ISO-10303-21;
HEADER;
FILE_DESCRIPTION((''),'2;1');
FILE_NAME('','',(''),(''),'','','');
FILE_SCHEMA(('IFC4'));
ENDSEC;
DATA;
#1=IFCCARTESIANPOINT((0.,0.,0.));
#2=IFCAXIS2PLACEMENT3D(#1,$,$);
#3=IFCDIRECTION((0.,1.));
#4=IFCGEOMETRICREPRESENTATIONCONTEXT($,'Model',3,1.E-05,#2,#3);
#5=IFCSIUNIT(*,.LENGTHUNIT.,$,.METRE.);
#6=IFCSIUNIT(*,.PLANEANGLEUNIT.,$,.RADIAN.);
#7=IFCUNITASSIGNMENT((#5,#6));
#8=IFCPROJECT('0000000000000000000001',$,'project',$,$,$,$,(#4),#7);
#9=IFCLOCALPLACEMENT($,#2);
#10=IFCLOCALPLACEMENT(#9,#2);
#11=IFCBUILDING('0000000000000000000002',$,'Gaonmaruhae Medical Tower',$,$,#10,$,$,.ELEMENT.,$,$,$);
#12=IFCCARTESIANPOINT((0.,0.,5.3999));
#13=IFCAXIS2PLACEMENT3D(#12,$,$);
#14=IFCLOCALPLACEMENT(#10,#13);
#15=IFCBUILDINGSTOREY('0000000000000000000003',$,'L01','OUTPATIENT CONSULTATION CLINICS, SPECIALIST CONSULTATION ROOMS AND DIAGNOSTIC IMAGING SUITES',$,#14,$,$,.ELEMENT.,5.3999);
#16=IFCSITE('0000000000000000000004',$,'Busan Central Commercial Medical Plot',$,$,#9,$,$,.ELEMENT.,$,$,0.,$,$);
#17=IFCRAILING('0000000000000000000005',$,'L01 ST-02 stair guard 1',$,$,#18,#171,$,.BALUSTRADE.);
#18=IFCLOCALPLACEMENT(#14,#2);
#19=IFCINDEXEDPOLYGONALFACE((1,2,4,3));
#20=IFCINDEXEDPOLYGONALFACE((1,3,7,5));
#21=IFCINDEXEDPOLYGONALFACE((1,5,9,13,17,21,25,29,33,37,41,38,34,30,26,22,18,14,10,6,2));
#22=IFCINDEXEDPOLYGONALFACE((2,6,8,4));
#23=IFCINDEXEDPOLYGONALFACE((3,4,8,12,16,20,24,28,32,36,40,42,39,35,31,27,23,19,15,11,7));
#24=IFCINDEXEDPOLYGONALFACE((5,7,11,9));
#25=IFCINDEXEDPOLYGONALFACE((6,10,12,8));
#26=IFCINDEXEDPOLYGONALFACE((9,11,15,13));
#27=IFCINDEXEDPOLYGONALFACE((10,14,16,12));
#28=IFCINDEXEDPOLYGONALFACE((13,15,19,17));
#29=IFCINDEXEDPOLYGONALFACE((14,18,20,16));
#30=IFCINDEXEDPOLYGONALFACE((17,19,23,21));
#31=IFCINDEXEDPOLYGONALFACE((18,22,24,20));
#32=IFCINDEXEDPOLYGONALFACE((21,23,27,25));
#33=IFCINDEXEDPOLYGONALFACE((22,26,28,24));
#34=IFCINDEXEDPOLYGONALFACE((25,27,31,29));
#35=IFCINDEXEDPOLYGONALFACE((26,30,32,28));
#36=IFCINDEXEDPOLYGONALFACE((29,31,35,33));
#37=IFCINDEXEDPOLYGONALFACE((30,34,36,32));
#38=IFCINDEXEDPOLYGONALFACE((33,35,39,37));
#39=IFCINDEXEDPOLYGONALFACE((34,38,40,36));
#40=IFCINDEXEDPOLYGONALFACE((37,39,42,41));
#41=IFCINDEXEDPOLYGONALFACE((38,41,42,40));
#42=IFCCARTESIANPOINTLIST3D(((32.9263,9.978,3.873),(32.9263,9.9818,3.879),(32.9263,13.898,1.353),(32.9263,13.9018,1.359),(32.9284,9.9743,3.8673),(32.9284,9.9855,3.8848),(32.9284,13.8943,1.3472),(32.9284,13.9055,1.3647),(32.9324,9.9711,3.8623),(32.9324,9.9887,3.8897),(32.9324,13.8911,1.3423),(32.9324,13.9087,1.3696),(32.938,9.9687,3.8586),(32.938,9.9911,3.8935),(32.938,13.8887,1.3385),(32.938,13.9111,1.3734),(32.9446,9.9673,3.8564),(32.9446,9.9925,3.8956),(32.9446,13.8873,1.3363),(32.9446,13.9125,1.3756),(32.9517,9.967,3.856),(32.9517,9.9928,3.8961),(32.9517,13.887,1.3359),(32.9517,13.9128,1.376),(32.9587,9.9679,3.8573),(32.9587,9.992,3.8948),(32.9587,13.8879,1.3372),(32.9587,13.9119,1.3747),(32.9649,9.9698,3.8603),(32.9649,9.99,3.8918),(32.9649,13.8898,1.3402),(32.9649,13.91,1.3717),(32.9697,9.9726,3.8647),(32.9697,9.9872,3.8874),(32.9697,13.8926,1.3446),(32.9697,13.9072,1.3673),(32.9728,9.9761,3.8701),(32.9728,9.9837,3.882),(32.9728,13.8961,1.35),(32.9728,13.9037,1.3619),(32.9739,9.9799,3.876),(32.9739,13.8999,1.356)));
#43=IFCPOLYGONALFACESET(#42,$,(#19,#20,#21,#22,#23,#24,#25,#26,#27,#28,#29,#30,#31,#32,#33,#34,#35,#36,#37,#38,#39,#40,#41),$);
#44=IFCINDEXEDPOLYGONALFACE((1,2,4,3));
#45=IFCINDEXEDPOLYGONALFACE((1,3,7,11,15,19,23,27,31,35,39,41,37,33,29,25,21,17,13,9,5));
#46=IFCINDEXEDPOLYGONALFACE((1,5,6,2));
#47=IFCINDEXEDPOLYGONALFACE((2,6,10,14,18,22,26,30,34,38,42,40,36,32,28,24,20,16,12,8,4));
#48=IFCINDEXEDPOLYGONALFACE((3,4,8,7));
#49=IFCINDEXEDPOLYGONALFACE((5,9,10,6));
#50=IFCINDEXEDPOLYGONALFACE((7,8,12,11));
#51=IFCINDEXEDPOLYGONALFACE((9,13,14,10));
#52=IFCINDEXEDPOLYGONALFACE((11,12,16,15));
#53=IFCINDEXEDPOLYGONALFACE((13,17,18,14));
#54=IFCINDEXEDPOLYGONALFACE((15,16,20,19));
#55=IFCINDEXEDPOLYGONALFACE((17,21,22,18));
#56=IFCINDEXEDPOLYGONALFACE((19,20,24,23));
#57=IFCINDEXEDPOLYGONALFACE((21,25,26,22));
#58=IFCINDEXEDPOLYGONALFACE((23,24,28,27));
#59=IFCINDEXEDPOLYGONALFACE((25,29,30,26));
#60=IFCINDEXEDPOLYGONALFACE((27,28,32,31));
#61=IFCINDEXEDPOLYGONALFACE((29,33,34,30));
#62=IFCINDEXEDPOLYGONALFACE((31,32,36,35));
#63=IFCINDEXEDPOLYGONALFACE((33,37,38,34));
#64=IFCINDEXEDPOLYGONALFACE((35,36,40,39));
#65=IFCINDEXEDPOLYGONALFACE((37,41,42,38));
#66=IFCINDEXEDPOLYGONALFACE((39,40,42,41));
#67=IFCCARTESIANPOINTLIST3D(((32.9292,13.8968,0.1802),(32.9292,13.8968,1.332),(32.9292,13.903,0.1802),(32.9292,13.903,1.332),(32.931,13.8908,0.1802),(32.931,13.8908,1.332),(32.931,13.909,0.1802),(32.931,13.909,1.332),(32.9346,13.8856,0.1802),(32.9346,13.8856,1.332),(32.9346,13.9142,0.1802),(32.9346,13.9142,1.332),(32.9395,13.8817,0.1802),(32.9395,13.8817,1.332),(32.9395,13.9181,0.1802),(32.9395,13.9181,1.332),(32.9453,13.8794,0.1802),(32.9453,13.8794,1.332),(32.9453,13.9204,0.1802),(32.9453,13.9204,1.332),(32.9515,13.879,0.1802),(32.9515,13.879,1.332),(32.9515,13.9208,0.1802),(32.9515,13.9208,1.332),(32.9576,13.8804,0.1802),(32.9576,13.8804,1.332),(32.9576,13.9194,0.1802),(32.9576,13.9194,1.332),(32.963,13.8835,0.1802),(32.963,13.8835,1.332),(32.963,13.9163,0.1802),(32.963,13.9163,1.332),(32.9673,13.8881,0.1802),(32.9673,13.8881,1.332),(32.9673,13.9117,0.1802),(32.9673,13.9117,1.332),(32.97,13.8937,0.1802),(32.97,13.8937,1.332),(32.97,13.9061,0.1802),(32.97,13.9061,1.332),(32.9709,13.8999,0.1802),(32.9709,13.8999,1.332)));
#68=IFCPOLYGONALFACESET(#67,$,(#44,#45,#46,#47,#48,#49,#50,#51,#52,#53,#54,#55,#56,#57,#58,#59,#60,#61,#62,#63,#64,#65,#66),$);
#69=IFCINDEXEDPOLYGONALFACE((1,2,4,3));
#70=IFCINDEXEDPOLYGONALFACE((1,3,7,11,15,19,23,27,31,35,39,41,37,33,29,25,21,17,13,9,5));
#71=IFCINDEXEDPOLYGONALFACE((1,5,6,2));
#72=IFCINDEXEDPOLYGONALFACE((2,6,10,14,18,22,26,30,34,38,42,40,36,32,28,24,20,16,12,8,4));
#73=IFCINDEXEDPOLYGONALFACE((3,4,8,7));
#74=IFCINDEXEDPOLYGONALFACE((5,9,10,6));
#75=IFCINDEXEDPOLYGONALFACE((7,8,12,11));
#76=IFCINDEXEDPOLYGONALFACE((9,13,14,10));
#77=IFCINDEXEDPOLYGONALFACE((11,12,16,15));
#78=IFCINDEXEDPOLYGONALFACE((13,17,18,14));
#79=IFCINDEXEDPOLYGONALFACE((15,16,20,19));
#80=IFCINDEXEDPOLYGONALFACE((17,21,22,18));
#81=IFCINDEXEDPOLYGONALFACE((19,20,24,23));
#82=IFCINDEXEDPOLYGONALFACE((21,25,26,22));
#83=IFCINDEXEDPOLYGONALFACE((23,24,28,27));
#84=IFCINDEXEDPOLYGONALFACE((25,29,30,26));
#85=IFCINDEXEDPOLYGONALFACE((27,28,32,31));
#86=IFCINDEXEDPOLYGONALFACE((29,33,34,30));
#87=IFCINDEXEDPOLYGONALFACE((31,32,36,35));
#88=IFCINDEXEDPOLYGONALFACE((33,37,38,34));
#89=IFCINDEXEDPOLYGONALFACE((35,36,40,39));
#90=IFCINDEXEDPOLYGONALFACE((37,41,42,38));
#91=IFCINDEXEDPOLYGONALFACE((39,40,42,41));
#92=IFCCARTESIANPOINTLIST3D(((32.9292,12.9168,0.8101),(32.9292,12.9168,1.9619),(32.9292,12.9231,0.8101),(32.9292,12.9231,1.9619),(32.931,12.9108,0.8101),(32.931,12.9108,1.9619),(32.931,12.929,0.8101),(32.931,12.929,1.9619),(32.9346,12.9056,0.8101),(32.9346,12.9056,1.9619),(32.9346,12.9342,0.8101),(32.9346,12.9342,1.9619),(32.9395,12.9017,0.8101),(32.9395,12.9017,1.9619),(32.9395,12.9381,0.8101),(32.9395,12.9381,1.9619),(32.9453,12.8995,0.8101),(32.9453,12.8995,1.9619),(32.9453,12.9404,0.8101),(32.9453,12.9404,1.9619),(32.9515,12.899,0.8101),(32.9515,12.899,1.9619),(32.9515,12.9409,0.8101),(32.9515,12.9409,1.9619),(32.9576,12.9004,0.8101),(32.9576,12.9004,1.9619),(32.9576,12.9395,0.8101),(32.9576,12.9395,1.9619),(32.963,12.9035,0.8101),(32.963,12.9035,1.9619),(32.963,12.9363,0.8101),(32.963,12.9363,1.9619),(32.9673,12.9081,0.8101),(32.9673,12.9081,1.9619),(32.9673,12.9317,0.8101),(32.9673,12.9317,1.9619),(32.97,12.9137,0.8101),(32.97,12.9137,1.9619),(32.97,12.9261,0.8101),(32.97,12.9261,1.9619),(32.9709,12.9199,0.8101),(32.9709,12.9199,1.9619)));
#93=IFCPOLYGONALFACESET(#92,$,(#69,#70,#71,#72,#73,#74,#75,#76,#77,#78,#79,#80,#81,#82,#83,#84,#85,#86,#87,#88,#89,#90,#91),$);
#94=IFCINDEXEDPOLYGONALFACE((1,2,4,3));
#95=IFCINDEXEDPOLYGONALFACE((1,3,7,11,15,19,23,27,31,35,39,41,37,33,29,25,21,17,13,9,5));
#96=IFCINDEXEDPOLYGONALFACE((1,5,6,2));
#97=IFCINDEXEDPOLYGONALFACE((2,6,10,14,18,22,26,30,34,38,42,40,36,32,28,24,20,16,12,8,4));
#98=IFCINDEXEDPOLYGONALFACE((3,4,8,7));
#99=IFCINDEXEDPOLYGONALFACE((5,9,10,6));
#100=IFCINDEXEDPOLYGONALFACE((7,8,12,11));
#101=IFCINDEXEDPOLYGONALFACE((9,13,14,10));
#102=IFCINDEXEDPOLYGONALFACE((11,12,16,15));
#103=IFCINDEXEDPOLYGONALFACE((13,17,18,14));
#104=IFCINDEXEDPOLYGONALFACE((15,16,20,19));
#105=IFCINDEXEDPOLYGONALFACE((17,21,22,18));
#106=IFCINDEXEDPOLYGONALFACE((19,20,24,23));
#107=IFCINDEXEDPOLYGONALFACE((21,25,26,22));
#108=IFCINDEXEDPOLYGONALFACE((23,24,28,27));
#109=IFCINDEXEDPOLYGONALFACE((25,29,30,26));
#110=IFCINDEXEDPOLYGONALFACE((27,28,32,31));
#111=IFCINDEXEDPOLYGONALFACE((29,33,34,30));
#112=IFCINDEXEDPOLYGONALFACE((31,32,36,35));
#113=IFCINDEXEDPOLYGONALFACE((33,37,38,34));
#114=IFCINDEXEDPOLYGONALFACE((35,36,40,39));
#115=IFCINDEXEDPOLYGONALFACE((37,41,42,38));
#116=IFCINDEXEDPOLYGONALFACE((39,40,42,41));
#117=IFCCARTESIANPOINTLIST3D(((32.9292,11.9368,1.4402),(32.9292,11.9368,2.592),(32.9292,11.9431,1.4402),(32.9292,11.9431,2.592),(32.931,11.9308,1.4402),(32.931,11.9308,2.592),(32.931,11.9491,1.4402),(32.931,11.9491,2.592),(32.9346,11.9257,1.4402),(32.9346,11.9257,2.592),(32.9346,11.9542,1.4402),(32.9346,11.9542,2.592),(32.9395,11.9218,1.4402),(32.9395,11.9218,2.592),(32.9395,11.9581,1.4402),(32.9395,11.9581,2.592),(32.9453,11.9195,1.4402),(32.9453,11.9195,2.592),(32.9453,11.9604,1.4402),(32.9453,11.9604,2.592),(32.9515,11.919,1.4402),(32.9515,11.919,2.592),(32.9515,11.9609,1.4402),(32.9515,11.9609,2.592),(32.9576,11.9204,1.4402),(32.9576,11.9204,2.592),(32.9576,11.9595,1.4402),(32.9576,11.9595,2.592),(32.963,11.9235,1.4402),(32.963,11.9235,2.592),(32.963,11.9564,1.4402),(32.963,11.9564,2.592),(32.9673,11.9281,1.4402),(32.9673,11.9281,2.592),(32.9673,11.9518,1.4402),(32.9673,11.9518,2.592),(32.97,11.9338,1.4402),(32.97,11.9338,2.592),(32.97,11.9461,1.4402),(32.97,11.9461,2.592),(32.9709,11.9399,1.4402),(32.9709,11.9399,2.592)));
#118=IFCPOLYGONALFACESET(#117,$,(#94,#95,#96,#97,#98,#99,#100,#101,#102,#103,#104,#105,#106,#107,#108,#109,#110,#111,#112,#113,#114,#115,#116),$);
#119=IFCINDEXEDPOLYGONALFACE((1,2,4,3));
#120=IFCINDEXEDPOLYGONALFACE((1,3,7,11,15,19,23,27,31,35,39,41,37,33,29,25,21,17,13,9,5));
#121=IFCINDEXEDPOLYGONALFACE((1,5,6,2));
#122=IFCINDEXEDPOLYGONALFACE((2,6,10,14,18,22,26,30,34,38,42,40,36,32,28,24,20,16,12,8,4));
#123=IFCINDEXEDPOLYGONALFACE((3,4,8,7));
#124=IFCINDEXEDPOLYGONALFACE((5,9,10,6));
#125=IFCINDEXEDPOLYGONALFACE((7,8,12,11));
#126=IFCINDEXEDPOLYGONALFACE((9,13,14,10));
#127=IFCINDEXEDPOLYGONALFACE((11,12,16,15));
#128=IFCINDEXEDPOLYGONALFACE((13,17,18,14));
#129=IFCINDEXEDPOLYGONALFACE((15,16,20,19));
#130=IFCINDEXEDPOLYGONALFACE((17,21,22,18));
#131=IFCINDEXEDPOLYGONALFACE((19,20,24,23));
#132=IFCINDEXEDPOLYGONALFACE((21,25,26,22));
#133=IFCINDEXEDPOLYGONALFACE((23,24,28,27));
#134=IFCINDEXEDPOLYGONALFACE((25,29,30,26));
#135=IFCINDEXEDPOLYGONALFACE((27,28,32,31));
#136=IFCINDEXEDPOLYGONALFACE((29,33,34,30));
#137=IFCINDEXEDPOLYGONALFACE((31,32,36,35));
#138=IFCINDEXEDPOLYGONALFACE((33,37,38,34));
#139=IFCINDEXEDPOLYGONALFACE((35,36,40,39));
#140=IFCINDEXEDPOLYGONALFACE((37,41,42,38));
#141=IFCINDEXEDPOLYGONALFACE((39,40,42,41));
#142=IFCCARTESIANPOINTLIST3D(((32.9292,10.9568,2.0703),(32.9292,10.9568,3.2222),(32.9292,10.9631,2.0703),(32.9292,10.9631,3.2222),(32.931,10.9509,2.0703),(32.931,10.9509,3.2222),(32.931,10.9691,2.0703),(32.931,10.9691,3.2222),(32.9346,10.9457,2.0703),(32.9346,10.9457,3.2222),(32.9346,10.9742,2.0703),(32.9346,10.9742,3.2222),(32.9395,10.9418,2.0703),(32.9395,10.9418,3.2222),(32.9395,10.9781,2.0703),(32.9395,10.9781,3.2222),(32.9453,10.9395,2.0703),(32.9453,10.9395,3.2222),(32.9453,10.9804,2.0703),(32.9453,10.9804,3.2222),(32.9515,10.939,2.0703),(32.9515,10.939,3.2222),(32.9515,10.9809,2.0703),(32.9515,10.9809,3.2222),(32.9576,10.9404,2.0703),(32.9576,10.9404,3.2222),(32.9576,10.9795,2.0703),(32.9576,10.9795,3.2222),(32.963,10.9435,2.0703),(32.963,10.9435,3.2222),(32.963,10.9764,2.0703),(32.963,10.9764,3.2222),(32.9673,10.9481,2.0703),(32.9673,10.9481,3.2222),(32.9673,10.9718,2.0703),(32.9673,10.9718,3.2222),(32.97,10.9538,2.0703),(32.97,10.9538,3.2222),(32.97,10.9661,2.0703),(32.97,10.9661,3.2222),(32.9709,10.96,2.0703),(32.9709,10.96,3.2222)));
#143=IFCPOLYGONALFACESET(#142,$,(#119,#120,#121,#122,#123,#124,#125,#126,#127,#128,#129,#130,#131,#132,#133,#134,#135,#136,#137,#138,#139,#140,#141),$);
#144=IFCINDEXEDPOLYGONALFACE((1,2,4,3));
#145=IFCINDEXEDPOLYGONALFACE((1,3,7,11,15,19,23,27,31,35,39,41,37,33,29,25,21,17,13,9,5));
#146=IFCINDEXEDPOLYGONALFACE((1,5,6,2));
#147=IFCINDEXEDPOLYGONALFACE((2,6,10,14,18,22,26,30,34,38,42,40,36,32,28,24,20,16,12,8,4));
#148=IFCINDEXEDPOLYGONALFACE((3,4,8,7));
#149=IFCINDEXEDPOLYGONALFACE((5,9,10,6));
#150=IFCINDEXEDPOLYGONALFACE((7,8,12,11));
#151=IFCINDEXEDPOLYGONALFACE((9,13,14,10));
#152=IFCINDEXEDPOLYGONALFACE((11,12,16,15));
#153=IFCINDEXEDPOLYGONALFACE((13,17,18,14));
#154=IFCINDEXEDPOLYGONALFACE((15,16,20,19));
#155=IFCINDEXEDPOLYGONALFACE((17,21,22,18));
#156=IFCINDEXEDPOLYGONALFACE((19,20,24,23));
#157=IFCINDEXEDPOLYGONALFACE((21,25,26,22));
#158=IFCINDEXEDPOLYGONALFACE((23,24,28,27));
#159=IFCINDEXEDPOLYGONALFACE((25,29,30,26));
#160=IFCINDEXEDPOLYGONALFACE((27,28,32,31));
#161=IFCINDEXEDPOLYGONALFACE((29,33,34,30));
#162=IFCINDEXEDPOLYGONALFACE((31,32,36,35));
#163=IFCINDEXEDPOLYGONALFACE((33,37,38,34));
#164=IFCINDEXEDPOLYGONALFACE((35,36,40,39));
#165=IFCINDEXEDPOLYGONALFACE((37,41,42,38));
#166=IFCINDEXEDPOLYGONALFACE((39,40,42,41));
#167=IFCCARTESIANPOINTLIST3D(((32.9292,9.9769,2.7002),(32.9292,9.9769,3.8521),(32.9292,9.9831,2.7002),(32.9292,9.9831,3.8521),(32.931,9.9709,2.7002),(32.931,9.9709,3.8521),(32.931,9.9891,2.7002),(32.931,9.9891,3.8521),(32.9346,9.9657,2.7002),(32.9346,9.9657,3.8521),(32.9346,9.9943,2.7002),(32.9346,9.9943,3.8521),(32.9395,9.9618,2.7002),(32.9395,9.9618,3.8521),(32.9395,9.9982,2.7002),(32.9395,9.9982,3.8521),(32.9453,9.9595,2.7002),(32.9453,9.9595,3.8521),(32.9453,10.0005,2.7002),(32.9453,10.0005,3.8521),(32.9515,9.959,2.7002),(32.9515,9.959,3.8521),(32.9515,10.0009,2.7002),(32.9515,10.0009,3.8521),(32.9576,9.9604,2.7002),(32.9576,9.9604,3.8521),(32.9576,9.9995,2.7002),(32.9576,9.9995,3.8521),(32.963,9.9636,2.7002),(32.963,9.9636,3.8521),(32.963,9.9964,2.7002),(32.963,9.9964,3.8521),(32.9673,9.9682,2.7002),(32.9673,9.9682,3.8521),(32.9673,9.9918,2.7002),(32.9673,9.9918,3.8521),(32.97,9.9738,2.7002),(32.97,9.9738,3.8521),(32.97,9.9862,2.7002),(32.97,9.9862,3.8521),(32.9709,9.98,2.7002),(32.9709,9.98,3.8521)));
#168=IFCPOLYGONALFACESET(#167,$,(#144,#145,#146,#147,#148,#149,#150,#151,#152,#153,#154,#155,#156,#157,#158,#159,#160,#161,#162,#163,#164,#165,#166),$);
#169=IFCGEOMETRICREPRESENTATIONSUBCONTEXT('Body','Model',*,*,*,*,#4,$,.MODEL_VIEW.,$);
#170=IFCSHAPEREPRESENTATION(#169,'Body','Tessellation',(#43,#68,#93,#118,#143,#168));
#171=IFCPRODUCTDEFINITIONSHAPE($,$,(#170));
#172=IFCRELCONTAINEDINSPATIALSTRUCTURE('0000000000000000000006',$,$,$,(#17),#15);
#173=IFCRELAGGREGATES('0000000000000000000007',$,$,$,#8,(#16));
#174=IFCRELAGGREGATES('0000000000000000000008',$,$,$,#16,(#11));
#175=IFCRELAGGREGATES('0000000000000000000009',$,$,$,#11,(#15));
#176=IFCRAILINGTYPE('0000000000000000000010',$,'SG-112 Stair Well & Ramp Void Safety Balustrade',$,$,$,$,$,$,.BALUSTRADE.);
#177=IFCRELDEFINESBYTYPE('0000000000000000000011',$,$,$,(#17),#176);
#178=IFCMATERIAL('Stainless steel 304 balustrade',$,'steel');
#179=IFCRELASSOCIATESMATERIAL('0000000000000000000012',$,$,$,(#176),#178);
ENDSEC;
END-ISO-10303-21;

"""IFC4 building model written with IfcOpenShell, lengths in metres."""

from ifc_helpers import new_model, si_unit, direction, frame, origin, origin_2d, place, context, subcontext, project, spatial, circle, extrude, material, type_object, element, save


model = new_model("IFC4")

# Units and contexts
model_context = context("Model", 3, precision=1e-05, world=origin(), true_north=direction((0.0, 1.0)))
body_context = subcontext(model_context, "Body", "Model", "MODEL_VIEW")
ifc_project = project(units=[si_unit("LENGTHUNIT", "METRE"), si_unit("PLANEANGLEUNIT", "RADIAN")], contexts=[model_context])

# Site, building, storey
site_placement = place(None, origin())
site = spatial("IfcSite", under=ifc_project, at=site_placement, Name="Busan Central Commercial Medical Plot", CompositionType="ELEMENT", RefElevation=0.0)
building_placement = place(site_placement, origin())
building = spatial("IfcBuilding", under=site, at=building_placement, Name="Gaonmaruhae Medical Tower", CompositionType="ELEMENT")
storey_placement = place(building_placement, frame((0.0, 0.0, 5.3999)))
storey = spatial("IfcBuildingStorey", under=building, at=storey_placement, Name="L01", Description="OUTPATIENT CONSULTATION CLINICS, SPECIALIST CONSULTATION ROOMS AND DIAGNOSTIC IMAGING SUITES", CompositionType="ELEMENT", Elevation=5.3999)

# Railing
ifc_material_1 = material(Name="Stainless steel 304 balustrade", Category="steel")
railing_type_1 = type_object("IfcRailingType", Name="SG-112 Stair Well & Ramp Void Safety Balustrade", PredefinedType="BALUSTRADE", material=ifc_material_1)
railing_1_placement = place(storey_placement, frame((32.95, 13.8999, 0.1802)))
element("IfcRailing", 1, at=railing_1_placement, inside=storey, type_object=railing_type_1, Name="L01 ST-02 stair guard 1", PredefinedType="BALUSTRADE", context=body_context, shape_type="SweptSolid", body=[
    extrude(circle(Radius=0.0239, at=origin_2d()), frame((0.0, 0.0, 1.1758), z_axis=(0.0, -0.841172, 0.540768), x_axis=(1.0, 0.0, 0.0)), (0.0, 0.0, 1.0), 4.6602),
    extrude(circle(Radius=0.021, at=origin_2d()), origin(), (0.0, 0.0, 1.0), 1.1519),
    extrude(circle(Radius=0.021, at=origin_2d()), frame((0.0, -0.98, 0.6299)), (0.0, 0.0, 1.0), 1.1519),
    extrude(circle(Radius=0.021, at=origin_2d()), frame((0.0, -1.96, 1.26)), (0.0, 0.0, 1.0), 1.1519),
    extrude(circle(Radius=0.021, at=origin_2d()), frame((0.0, -2.9399, 1.8901)), (0.0, 0.0, 1.0), 1.1519),
    extrude(circle(Radius=0.021, at=origin_2d()), frame((0.0, -3.9199, 2.52)), (0.0, 0.0, 1.0), 1.1519),
])

save(model, "model.ifc")
